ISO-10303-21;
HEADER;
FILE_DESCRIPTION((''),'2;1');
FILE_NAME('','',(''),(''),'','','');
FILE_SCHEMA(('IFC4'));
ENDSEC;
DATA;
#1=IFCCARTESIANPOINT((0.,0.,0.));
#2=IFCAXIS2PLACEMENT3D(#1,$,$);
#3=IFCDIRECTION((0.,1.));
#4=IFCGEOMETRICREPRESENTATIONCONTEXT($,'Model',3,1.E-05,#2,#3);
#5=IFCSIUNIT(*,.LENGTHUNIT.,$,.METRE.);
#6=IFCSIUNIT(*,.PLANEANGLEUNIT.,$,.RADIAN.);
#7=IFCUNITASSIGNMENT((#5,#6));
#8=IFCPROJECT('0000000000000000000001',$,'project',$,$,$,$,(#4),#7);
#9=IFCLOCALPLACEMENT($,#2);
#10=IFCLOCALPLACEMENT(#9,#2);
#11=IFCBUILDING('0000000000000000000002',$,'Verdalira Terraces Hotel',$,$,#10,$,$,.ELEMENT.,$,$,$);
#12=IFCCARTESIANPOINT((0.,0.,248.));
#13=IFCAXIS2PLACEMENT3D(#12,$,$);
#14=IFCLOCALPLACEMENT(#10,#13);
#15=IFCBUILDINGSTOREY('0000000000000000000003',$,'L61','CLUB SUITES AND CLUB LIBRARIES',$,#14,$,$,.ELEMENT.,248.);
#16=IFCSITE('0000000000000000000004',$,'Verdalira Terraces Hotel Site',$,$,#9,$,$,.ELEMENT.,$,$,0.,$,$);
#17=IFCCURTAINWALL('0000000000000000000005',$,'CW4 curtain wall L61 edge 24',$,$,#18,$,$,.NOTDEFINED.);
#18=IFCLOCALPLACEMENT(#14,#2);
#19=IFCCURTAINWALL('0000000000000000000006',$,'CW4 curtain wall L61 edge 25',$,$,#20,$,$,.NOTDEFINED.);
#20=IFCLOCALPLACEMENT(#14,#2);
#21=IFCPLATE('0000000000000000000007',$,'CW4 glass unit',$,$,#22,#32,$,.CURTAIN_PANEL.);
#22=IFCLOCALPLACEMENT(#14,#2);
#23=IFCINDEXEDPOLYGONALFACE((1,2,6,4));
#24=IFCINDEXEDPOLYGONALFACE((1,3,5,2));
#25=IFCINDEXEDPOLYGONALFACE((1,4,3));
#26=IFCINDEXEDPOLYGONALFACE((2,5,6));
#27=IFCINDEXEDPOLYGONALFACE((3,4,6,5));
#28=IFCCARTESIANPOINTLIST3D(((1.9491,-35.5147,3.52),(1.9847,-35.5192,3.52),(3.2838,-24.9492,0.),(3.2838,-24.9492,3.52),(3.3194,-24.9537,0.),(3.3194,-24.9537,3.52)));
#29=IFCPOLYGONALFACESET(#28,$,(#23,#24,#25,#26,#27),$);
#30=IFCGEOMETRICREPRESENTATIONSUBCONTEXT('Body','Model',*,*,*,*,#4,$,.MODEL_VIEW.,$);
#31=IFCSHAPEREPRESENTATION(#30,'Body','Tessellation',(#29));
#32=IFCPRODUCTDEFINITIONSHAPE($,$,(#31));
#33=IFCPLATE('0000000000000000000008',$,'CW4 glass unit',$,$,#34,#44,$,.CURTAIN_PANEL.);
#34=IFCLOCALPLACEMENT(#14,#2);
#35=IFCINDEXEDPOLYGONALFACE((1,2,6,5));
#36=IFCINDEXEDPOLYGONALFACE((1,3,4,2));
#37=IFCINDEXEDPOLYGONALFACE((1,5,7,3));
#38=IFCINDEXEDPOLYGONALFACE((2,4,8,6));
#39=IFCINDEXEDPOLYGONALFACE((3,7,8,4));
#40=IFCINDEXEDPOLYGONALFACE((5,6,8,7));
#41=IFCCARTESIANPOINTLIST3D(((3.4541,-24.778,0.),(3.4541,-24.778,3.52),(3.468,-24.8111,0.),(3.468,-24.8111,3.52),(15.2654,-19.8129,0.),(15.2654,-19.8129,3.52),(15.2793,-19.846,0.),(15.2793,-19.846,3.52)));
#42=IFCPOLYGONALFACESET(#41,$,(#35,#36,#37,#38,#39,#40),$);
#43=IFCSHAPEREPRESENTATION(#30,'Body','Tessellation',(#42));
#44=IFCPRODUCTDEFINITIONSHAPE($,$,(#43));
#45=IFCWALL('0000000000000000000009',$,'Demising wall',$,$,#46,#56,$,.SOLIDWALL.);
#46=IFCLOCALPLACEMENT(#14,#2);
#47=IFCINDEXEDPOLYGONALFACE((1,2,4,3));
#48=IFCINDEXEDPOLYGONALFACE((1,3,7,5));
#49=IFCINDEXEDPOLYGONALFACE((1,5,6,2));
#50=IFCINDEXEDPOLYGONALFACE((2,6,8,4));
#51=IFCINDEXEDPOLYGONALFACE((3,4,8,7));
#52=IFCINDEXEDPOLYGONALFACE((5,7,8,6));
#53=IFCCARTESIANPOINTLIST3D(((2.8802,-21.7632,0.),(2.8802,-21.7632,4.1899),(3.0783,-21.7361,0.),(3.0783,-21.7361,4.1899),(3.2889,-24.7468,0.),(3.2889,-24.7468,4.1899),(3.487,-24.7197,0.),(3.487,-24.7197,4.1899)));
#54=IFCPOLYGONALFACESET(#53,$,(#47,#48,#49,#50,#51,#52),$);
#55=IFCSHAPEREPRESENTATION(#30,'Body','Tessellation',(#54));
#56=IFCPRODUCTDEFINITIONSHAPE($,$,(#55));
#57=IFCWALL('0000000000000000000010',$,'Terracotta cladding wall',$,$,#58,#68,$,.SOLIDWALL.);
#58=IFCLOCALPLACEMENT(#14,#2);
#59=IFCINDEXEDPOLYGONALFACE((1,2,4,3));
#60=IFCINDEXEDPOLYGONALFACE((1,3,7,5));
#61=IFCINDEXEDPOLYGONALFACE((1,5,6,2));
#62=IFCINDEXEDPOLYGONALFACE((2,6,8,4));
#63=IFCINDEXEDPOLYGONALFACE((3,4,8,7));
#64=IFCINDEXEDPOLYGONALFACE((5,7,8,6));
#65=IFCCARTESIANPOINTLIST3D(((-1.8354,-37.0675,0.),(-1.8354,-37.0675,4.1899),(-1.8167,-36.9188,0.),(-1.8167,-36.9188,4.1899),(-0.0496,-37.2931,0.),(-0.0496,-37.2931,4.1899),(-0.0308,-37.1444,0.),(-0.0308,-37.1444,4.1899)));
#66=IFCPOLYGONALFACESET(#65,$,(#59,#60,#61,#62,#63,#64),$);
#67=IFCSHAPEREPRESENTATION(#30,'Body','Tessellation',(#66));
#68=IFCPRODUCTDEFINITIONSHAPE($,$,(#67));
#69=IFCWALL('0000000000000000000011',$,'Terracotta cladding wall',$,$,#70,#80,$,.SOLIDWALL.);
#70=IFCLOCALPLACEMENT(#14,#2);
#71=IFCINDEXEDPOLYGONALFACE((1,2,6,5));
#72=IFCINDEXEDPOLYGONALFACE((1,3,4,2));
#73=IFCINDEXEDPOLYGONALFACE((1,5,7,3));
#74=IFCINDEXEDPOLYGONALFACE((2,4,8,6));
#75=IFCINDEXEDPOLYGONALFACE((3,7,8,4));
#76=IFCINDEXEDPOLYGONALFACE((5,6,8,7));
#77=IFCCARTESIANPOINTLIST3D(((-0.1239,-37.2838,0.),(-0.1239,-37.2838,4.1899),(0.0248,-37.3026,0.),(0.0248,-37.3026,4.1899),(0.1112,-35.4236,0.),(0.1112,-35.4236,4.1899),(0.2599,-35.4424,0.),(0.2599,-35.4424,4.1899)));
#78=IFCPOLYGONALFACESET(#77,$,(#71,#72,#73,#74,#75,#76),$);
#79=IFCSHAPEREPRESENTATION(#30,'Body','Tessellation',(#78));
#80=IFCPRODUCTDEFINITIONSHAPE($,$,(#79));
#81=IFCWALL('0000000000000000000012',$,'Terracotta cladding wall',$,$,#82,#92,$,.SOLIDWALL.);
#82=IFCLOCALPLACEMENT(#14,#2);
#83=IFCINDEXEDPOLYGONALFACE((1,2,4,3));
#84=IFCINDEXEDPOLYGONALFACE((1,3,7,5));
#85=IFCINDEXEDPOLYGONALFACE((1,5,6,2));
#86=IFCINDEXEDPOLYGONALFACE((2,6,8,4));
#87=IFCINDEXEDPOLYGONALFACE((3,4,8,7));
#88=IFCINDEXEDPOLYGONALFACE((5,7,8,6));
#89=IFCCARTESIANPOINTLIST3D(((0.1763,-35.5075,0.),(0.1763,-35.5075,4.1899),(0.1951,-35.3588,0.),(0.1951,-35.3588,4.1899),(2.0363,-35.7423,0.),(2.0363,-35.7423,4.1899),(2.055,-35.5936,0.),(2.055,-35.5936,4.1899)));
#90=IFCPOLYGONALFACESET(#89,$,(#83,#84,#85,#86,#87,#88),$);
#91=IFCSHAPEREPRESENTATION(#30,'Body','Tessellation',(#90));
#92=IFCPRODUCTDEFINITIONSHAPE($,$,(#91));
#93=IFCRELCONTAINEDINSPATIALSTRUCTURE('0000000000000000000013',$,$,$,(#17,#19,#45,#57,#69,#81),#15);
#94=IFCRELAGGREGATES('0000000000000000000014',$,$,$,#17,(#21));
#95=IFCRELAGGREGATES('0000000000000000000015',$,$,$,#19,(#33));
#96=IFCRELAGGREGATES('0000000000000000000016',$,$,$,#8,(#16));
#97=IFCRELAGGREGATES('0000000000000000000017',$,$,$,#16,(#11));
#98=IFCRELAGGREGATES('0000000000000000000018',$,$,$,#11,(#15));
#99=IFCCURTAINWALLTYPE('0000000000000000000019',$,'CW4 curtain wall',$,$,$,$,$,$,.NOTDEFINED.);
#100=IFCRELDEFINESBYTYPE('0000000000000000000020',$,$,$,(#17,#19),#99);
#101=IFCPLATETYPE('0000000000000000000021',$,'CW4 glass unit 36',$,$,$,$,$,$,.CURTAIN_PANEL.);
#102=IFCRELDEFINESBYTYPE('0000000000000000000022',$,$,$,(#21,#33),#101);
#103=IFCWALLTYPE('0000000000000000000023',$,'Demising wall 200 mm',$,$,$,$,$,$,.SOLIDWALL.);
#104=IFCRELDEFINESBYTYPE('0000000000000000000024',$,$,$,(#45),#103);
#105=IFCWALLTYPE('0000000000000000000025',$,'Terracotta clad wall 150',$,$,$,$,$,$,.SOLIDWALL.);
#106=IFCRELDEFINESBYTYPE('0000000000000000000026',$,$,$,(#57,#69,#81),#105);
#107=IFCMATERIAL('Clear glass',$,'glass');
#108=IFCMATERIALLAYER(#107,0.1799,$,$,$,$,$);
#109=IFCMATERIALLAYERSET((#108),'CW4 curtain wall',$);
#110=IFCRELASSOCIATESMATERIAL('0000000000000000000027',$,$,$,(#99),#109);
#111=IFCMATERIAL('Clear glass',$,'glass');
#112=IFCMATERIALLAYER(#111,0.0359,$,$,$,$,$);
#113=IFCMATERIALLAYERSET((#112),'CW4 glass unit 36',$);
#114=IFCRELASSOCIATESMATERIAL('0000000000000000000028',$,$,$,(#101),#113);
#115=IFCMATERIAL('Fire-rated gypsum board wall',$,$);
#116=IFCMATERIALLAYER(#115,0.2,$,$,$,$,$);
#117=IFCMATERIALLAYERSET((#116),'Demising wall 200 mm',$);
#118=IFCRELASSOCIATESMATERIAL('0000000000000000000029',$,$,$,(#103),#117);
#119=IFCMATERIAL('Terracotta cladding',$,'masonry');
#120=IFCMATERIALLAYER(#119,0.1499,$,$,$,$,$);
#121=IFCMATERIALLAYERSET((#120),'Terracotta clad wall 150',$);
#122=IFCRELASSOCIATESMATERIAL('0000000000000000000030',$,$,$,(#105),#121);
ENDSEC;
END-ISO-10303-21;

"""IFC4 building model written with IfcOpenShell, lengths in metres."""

from ifc_helpers import new_model, si_unit, direction, frame, frame_2d, origin, origin_2d, place, context, subcontext, project, spatial, polyline, rectangle, outline, extrude, material, layer, layer_set, type_object, element, aggregate, save


model = new_model("IFC4")

# Units and contexts
model_context = context("Model", 3, precision=1e-05, world=origin(), true_north=direction((0.0, 1.0)))
body_context = subcontext(model_context, "Body", "Model", "MODEL_VIEW")
ifc_project = project(units=[si_unit("LENGTHUNIT", "METRE"), si_unit("PLANEANGLEUNIT", "RADIAN")], contexts=[model_context])

# Site, building, storey
site_placement = place(None, origin())
site = spatial("IfcSite", under=ifc_project, at=site_placement, Name="Verdalira Terraces Hotel Site", CompositionType="ELEMENT", RefElevation=0.0)
building_placement = place(site_placement, origin())
building = spatial("IfcBuilding", under=site, at=building_placement, Name="Verdalira Terraces Hotel", CompositionType="ELEMENT")
storey_placement = place(building_placement, frame((0.0, 0.0, 248.0)))
storey = spatial("IfcBuildingStorey", under=building, at=storey_placement, Name="L61", Description="CLUB SUITES AND CLUB LIBRARIES", CompositionType="ELEMENT", Elevation=248.0)

# Curtain wall
ifc_material_1 = material(Name="Clear glass", Category="glass")
ifc_layer_1 = layer(ifc_material_1, 0.1799)
ifc_layer_set_1 = layer_set([ifc_layer_1], Name="CW4 curtain wall")
curtain_wall_type = type_object("IfcCurtainWallType", Name="CW4 curtain wall", PredefinedType="NOTDEFINED", material=ifc_layer_set_1)
curtain_wall_1_placement = place(storey_placement, origin())
curtain_wall_1 = element("IfcCurtainWall", 1, at=curtain_wall_1_placement, inside=storey, type_object=curtain_wall_type, Name="CW4 curtain wall L61 edge 24", PredefinedType="NOTDEFINED")

# Curtain wall
curtain_wall_2_placement = place(storey_placement, origin())
curtain_wall_2 = element("IfcCurtainWall", 2, at=curtain_wall_2_placement, inside=storey, type_object=curtain_wall_type, Name="CW4 curtain wall L61 edge 25", PredefinedType="NOTDEFINED")

# Plates
ifc_material_2 = material(Name="Clear glass", Category="glass")
ifc_layer_2 = layer(ifc_material_2, 0.0359)
ifc_layer_set_2 = layer_set([ifc_layer_2], Name="CW4 glass unit 36")
plate_type = type_object("IfcPlateType", Name="CW4 glass unit 36", PredefinedType="CURTAIN_PANEL", material=ifc_layer_set_2)
plate_1_placement = place(storey_placement, frame((2.6165, -30.2319, 1.76), z_axis=(0.992115, -0.125333, 0.0), x_axis=(0.125333, 0.992115, 0.0)))
plate_1 = element("IfcPlate", 3, at=plate_1_placement, type_object=plate_type, Name="CW4 glass unit", PredefinedType="CURTAIN_PANEL", context=body_context, shape_type="SweptSolid", body=[
    extrude(outline(polyline([(5.3247, -1.76), (5.3247, 1.76), (-5.3247, 1.76), (5.3247, -1.76)])), origin(), (0.0, 0.0, 1.0), 0.0359),
])
aggregate(curtain_wall_1, [plate_1])
plate_2_placement = place(storey_placement, frame((9.3667, -22.312, 0.0), z_axis=(0.0, 0.0, 1.0), x_axis=(0.921863, 0.387516, 0.0)))
plate_2 = element("IfcPlate", 4, at=plate_2_placement, type_object=plate_type, Name="CW4 glass unit", PredefinedType="CURTAIN_PANEL", context=body_context, shape_type="SweptSolid", body=[
    extrude(rectangle(XDim=12.8125, YDim=0.0359, at=origin_2d()), origin(), (0.0, 0.0, 1.0), 3.52),
])
aggregate(curtain_wall_2, [plate_2])

# Walls
ifc_material_3 = material(Name="Fire-rated gypsum board wall")
ifc_layer_3 = layer(ifc_material_3, 0.2)
ifc_layer_set_3 = layer_set([ifc_layer_3], Name="Demising wall 200 mm")
wall_type_1 = type_object("IfcWallType", Name="Demising wall 200 mm", PredefinedType="SOLIDWALL", material=ifc_layer_set_3)
wall_1_placement = place(storey_placement, frame((2.9792, -21.7495, 0.0), z_axis=(0.0, 0.0, 1.0), x_axis=(0.13571, -0.990749, 0.0)))
element("IfcWall", 5, at=wall_1_placement, inside=storey, type_object=wall_type_1, Name="Demising wall", PredefinedType="SOLIDWALL", context=body_context, shape_type="SweptSolid", body=[
    extrude(rectangle(XDim=3.0115, YDim=0.2, at=frame_2d((1.5059, 0.0))), origin(), (0.0, 0.0, 1.0), 4.1899),
])
ifc_material_4 = material(Name="Terracotta cladding", Category="masonry")
ifc_layer_4 = layer(ifc_material_4, 0.1499)
ifc_layer_set_4 = layer_set([ifc_layer_4], Name="Terracotta clad wall 150")
wall_type_2 = type_object("IfcWallType", Name="Terracotta clad wall 150", PredefinedType="SOLIDWALL", material=ifc_layer_set_4)
wall_2_placement = place(storey_placement, frame((-1.8259, -36.9932, 0.0), z_axis=(0.0, 0.0, 1.0), x_axis=(0.992116, -0.12532, 0.0)))
element("IfcWall", 6, at=wall_2_placement, inside=storey, type_object=wall_type_2, Name="Terracotta cladding wall", PredefinedType="SOLIDWALL", context=body_context, shape_type="SweptSolid", body=[
    extrude(rectangle(XDim=1.8, YDim=0.1499, at=frame_2d((0.8999, 0.0))), origin(), (0.0, 0.0, 1.0), 4.1899),
])
wall_3_placement = place(storey_placement, frame((-0.0496, -37.2932, 0.0), z_axis=(0.0, 0.0, 1.0), x_axis=(0.125397, 0.992107, 0.0)))
element("IfcWall", 7, at=wall_3_placement, inside=storey, type_object=wall_type_2, Name="Terracotta cladding wall", PredefinedType="SOLIDWALL", context=body_context, shape_type="SweptSolid", body=[
    extrude(rectangle(XDim=1.875, YDim=0.1499, at=frame_2d((0.9375, 0.0))), origin(), (0.0, 0.0, 1.0), 4.1899),
])
wall_4_placement = place(storey_placement, frame((0.1855, -35.4331, 0.0), z_axis=(0.0, 0.0, 1.0), x_axis=(0.992123, -0.125269, 0.0)))
element("IfcWall", 8, at=wall_4_placement, inside=storey, type_object=wall_type_2, Name="Terracotta cladding wall", PredefinedType="SOLIDWALL", context=body_context, shape_type="SweptSolid", body=[
    extrude(rectangle(XDim=1.8748, YDim=0.1499, at=frame_2d((0.9375, 0.0))), origin(), (0.0, 0.0, 1.0), 4.1899),
])

save(model, "model.ifc")
